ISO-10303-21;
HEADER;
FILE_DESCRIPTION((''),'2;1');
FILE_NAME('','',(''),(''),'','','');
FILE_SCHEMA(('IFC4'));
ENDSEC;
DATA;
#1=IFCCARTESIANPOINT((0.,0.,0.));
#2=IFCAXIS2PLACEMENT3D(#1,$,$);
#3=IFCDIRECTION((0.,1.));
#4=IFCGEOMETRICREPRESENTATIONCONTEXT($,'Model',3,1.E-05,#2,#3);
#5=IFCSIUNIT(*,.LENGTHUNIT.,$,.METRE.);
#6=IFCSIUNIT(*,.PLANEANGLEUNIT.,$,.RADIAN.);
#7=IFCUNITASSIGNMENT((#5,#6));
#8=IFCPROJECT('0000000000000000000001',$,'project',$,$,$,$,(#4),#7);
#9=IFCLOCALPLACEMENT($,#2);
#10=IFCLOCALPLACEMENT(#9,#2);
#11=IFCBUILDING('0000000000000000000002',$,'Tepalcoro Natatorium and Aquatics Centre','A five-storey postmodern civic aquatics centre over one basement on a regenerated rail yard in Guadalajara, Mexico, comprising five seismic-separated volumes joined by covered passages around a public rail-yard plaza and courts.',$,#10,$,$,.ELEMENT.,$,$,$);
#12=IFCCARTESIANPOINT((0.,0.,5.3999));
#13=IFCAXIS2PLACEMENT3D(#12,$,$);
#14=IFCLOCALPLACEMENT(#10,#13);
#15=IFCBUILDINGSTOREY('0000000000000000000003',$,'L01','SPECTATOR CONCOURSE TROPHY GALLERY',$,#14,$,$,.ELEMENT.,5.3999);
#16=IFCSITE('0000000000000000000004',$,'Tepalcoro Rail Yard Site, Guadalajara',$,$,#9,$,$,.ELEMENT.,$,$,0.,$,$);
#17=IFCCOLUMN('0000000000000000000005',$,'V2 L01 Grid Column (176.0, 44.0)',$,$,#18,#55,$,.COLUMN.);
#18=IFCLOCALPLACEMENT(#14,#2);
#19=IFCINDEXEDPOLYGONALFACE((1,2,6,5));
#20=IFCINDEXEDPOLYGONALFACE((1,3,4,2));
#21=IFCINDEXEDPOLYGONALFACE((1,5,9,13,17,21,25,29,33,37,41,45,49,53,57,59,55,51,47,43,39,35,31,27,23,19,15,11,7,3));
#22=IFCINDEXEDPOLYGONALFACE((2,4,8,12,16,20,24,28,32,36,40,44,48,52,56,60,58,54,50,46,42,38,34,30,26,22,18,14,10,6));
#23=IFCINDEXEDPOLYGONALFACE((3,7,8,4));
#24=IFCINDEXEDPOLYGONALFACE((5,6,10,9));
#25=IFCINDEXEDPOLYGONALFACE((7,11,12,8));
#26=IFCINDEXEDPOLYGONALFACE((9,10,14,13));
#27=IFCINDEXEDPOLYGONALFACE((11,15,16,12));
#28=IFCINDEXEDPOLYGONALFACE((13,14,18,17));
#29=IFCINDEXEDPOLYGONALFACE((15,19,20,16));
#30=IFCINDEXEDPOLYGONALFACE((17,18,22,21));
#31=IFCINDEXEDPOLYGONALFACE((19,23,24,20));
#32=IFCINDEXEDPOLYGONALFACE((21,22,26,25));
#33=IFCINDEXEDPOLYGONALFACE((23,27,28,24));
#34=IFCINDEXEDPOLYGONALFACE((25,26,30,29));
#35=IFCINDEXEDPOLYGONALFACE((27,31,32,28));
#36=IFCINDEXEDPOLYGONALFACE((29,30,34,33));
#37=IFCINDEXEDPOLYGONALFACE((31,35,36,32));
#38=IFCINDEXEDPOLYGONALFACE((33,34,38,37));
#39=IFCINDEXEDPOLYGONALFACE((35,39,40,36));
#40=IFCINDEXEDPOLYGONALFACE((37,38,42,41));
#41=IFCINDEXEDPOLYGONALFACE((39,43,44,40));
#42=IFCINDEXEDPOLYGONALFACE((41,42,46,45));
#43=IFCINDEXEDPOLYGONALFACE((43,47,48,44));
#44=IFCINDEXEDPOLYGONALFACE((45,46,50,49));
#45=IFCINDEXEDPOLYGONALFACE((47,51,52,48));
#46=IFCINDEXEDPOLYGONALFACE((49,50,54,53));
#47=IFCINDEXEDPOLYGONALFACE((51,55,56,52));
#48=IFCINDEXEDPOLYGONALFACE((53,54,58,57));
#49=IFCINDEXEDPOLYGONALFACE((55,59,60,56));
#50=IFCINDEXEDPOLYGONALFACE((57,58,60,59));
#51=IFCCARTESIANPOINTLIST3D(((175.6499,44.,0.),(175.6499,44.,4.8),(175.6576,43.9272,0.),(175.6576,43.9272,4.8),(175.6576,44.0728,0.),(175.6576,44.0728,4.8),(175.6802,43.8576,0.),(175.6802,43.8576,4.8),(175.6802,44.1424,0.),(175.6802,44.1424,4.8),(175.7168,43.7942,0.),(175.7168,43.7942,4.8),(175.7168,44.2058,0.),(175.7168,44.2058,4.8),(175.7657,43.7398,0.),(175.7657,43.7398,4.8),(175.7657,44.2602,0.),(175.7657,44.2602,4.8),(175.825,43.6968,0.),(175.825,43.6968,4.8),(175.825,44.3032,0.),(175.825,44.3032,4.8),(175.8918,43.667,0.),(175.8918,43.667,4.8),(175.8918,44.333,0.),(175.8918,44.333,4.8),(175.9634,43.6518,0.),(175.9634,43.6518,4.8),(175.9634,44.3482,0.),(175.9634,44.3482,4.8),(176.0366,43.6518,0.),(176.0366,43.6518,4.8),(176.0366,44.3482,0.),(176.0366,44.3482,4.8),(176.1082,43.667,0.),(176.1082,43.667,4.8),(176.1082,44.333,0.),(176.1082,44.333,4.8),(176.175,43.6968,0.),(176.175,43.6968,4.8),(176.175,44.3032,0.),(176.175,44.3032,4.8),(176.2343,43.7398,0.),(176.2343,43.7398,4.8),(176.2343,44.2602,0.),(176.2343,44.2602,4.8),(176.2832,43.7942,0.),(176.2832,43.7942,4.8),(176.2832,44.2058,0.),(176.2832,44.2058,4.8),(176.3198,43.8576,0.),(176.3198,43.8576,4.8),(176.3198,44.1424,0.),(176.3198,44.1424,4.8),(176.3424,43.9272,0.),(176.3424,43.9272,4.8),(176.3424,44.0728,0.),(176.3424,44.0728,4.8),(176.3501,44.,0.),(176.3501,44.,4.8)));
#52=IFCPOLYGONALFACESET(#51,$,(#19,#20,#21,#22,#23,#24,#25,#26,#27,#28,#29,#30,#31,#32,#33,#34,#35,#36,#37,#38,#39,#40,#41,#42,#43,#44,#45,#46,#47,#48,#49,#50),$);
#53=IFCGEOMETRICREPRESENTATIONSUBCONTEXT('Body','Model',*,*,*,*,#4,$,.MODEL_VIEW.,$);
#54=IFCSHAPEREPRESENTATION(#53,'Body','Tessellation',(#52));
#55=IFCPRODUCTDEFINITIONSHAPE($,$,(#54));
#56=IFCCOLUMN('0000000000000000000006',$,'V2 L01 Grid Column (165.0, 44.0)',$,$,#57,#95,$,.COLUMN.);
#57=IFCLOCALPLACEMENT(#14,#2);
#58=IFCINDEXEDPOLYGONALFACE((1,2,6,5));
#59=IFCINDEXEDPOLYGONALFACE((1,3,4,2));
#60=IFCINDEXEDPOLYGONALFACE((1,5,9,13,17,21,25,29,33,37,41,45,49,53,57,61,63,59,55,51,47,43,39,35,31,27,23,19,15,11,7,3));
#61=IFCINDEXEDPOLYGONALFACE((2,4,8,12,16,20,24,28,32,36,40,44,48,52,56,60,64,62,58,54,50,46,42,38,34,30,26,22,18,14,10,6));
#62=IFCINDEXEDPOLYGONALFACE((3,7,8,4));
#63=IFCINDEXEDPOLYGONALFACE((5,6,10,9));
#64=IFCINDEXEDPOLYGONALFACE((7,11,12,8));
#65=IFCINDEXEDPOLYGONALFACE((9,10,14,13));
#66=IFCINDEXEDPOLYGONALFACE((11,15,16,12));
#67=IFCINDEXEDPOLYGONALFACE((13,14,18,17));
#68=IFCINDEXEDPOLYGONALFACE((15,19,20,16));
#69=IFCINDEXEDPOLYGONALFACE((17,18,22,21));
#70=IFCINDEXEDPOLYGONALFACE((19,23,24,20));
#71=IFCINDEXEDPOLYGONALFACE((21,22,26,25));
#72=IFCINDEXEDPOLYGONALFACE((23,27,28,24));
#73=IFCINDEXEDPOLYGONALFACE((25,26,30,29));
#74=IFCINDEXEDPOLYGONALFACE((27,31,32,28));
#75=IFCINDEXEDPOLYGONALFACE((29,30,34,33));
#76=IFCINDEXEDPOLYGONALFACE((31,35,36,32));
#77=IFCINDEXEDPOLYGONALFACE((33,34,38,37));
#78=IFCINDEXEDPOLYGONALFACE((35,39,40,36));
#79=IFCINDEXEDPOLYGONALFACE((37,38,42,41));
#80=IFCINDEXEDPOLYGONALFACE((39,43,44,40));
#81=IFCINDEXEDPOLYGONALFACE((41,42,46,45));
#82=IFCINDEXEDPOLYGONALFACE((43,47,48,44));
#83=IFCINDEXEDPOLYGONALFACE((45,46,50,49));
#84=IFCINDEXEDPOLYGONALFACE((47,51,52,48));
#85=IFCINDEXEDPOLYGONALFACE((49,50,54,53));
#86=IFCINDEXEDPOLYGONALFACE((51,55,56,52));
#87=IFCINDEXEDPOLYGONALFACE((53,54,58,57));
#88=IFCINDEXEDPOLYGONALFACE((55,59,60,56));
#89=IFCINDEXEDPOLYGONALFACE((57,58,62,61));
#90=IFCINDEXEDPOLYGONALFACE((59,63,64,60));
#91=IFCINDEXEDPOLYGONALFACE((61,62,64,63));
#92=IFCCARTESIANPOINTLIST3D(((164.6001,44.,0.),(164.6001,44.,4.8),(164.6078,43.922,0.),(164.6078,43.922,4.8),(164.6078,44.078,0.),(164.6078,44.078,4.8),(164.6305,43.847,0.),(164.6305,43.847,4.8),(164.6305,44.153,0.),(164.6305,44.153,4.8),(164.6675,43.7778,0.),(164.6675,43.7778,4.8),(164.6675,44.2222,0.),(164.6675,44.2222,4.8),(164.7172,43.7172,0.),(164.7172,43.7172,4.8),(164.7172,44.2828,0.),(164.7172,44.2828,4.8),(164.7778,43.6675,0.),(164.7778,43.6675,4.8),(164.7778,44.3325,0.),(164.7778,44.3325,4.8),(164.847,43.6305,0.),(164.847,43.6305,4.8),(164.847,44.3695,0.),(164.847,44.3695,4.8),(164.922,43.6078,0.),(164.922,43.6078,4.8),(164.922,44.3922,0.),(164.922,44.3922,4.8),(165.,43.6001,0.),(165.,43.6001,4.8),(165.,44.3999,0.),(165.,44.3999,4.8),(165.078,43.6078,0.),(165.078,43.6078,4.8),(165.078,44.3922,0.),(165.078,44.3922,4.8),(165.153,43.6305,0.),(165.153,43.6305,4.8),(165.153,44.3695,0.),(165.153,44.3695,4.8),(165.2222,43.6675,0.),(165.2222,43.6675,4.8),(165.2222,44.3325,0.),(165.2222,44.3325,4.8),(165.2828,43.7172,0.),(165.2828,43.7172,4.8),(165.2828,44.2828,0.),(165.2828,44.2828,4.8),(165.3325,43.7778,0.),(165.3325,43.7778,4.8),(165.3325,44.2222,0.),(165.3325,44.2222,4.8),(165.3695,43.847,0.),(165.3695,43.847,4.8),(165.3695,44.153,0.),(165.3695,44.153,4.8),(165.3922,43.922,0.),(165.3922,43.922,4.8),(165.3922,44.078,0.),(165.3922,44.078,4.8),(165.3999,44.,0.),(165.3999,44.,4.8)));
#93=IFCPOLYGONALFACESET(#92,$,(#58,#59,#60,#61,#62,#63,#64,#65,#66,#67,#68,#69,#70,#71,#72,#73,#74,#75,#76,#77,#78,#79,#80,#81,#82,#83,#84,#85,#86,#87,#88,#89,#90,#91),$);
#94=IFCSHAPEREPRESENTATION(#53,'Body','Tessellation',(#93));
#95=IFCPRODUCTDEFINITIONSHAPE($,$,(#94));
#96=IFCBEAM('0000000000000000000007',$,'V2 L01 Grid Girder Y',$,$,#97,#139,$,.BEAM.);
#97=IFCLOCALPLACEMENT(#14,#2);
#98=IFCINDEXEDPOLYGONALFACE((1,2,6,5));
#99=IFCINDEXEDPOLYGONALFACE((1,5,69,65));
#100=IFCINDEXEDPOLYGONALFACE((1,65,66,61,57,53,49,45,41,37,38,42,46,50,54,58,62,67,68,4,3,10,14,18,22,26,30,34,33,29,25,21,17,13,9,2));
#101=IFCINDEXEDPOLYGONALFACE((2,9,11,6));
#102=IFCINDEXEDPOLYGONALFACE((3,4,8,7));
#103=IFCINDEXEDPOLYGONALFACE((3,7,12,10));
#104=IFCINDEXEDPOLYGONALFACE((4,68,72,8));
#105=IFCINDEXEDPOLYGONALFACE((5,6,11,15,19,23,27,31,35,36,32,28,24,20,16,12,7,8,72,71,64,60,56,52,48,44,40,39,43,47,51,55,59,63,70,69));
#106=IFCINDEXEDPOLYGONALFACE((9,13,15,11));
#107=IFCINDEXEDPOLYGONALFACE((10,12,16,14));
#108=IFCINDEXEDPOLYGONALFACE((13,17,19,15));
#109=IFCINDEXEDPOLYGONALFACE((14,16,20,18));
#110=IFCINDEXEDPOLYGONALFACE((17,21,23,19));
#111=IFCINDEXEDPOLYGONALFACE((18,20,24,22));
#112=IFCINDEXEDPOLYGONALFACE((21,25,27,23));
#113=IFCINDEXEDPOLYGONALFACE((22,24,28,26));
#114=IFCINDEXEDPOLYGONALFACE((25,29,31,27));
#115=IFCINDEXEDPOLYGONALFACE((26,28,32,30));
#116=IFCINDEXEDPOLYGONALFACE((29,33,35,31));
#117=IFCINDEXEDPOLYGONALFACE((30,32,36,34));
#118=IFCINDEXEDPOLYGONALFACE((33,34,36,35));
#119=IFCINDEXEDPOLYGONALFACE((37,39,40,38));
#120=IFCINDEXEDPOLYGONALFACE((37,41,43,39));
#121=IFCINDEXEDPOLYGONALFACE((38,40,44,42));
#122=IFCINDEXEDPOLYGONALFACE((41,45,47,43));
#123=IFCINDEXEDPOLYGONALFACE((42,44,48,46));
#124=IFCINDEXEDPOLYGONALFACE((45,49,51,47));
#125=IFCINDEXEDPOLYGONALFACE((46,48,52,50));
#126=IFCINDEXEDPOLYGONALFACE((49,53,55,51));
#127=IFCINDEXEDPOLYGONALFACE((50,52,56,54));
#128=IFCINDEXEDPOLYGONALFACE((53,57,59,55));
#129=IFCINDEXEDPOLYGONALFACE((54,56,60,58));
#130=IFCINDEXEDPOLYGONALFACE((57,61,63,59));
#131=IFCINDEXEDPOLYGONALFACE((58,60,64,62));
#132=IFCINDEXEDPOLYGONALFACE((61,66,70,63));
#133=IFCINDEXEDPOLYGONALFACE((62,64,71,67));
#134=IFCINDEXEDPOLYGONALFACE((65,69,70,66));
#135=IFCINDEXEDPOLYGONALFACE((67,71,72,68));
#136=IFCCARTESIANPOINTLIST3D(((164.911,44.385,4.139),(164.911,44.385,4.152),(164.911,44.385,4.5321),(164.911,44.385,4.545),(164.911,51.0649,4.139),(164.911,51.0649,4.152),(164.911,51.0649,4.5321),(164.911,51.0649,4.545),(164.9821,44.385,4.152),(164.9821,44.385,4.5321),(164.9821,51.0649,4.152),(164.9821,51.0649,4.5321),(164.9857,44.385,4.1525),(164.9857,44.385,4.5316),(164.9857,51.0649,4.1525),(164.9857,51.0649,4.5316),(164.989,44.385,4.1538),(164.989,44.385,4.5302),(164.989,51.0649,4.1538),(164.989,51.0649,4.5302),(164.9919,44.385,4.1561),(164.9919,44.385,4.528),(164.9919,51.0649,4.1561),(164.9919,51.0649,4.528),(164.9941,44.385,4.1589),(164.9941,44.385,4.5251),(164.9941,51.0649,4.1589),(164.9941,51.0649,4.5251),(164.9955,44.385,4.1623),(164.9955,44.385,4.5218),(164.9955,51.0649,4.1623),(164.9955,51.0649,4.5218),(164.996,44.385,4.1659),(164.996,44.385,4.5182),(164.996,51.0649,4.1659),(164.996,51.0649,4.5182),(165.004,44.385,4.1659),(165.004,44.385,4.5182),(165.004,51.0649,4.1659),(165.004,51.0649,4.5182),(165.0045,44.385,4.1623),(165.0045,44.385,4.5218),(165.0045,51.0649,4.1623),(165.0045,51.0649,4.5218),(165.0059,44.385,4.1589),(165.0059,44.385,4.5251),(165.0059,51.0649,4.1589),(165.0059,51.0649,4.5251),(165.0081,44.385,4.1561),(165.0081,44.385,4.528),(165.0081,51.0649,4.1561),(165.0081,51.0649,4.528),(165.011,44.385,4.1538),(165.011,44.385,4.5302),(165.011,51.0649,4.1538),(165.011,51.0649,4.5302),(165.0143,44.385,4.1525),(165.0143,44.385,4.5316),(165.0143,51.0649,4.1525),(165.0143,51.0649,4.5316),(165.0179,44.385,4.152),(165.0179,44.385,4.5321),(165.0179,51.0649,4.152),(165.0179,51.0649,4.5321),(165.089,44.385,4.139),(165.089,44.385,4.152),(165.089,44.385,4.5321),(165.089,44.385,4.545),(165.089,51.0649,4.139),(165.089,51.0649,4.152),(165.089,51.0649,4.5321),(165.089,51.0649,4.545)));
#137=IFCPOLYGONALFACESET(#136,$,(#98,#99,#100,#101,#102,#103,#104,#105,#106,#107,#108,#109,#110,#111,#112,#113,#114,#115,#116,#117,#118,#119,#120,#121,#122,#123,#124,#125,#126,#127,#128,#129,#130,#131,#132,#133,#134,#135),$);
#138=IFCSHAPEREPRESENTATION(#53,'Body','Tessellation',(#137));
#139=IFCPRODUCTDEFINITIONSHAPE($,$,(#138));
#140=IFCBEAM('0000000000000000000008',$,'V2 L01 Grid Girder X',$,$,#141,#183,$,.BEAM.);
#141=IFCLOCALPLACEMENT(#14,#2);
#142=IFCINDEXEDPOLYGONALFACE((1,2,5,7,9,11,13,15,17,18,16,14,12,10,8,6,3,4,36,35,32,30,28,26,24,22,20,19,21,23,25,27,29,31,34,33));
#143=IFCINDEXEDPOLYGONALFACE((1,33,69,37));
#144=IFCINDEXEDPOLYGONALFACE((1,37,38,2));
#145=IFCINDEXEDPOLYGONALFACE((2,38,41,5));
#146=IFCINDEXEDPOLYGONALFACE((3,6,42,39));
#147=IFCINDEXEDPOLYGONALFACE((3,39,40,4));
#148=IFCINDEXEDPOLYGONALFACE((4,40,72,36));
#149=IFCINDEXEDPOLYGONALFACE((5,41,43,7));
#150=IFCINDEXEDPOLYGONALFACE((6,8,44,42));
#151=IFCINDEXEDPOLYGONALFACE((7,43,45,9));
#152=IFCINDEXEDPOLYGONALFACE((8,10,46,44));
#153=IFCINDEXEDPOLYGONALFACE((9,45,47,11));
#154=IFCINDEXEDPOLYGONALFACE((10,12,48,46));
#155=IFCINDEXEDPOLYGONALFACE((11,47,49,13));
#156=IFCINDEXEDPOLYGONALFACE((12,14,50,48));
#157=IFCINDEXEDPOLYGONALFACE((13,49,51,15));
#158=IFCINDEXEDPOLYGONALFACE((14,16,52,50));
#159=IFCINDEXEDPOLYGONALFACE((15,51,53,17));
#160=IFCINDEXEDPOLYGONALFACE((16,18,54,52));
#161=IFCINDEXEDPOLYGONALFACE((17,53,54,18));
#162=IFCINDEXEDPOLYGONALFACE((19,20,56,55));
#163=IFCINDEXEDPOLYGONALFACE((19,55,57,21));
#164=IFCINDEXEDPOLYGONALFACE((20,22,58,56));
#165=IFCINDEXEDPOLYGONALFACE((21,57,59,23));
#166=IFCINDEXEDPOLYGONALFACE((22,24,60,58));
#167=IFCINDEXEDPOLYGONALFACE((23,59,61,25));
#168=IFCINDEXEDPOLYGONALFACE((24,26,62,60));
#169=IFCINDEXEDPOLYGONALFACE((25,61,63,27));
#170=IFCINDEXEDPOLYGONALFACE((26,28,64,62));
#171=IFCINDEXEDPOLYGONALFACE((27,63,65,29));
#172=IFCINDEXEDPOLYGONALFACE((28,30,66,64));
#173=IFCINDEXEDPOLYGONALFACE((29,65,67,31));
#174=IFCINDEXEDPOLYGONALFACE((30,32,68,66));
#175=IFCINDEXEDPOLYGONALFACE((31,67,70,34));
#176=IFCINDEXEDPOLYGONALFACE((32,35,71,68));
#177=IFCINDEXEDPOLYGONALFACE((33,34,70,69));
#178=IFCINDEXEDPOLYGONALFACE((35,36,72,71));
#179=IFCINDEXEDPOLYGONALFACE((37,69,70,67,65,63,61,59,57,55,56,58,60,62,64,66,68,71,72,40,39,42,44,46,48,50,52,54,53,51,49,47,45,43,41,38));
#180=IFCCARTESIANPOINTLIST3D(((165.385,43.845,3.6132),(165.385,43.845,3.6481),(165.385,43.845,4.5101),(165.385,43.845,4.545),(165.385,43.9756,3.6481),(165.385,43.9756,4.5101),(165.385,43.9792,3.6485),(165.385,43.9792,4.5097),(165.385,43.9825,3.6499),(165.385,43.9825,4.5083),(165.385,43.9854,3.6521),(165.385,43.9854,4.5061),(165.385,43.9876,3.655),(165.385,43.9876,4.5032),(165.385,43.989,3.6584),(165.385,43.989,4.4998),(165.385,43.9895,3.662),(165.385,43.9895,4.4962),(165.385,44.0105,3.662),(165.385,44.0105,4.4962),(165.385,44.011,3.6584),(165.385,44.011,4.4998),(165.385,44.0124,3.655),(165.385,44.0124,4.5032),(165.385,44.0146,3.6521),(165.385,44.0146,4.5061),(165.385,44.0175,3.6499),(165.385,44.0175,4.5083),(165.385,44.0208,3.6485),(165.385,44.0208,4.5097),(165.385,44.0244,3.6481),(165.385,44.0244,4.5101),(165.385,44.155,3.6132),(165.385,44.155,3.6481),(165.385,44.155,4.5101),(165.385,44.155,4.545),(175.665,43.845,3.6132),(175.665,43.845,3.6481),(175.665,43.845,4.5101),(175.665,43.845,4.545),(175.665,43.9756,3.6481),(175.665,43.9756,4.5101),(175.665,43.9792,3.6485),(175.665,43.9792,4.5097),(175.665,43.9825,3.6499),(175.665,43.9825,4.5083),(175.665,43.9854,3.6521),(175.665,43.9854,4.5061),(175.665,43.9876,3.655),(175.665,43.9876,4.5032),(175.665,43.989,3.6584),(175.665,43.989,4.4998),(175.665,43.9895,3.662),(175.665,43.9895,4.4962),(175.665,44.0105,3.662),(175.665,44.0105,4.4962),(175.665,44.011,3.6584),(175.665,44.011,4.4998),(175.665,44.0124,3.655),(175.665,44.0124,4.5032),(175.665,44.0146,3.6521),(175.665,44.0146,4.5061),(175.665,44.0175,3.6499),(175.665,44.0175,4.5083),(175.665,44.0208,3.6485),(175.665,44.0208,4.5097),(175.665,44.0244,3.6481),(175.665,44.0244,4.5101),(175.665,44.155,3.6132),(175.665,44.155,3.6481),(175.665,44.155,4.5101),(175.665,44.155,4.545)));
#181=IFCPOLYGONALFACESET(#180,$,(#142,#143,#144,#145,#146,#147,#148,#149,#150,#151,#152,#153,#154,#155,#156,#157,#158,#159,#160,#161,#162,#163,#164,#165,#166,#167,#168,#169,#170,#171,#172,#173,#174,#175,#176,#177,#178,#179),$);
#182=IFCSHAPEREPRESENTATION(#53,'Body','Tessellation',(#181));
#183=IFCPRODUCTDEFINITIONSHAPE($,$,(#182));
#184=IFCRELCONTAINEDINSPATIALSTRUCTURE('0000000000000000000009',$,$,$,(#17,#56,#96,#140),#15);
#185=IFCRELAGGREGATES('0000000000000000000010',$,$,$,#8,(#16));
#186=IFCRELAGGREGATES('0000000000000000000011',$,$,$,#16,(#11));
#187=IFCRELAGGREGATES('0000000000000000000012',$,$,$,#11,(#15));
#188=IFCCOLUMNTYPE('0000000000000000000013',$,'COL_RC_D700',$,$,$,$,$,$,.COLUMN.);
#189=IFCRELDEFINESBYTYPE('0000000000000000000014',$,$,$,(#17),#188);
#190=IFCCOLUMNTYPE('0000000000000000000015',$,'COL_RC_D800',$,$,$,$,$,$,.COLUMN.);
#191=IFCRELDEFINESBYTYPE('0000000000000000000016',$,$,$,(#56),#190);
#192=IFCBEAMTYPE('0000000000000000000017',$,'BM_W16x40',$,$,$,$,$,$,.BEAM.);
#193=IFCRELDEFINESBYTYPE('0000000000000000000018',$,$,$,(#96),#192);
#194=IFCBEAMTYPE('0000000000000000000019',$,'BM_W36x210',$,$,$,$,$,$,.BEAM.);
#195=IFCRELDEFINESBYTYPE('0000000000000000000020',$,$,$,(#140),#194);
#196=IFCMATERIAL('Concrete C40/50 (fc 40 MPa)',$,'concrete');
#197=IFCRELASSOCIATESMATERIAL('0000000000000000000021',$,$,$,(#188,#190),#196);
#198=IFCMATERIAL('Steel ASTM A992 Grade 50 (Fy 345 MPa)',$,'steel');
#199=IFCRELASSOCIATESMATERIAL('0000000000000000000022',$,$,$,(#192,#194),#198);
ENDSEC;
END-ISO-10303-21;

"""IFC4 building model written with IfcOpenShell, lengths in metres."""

from ifc_helpers import new_model, si_unit, direction, frame, origin, origin_2d, place, context, subcontext, project, spatial, circle, i_section, extrude, material, material_profile, profile_set, type_object, element, save


model = new_model("IFC4")

# Units and contexts
model_context = context("Model", 3, precision=1e-05, world=origin(), true_north=direction((0.0, 1.0)))
body_context = subcontext(model_context, "Body", "Model", "MODEL_VIEW")
ifc_project = project(units=[si_unit("LENGTHUNIT", "METRE"), si_unit("PLANEANGLEUNIT", "RADIAN")], contexts=[model_context])

# Site, building, storey
site_placement = place(None, origin())
site = spatial("IfcSite", under=ifc_project, at=site_placement, Name="Tepalcoro Rail Yard Site, Guadalajara", CompositionType="ELEMENT", RefElevation=0.0)
building_placement = place(site_placement, origin())
building = spatial("IfcBuilding", under=site, at=building_placement, Name="Tepalcoro Natatorium and Aquatics Centre", Description="A five-storey postmodern civic aquatics centre over one basement on a regenerated rail yard in Guadalajara, Mexico, comprising five seismic-separated volumes joined by covered passages around a public rail-yard plaza and courts.", CompositionType="ELEMENT")
storey_placement = place(building_placement, frame((0.0, 0.0, 5.3999)))
storey = spatial("IfcBuildingStorey", under=building, at=storey_placement, Name="L01", Description="SPECTATOR CONCOURSE TROPHY GALLERY", CompositionType="ELEMENT", Elevation=5.3999)

# Columns
ifc_material_1 = material(Name="Concrete C40/50 (fc 40 MPa)", Category="concrete")
ifc_material_profile_1 = material_profile(ifc_material_1, circle(Radius=0.3501, at=origin_2d()), Name="RCD700")
ifc_profile_set_1 = profile_set([ifc_material_profile_1], Name="Concrete C40/50 (fc 40 MPa)")
column_type_1 = type_object("IfcColumnType", Name="COL_RC_D700", PredefinedType="COLUMN", material=ifc_profile_set_1)
column_1_placement = place(storey_placement, frame((176.0, 44.0, 0.0), z_axis=(0.0, 0.0, 1.0), x_axis=(1.0, 0.0, 0.0)))
element("IfcColumn", 1, at=column_1_placement, inside=storey, type_object=column_type_1, Name="V2 L01 Grid Column (176.0, 44.0)", PredefinedType="COLUMN", context=body_context, shape_type="SweptSolid", body=[
    extrude(circle(Radius=0.3501, at=origin_2d()), origin(), (0.0, 0.0, 1.0), 4.8),
])
ifc_material_profile_2 = material_profile(ifc_material_1, circle(Radius=0.3999, at=origin_2d()), Name="RCD800")
ifc_profile_set_2 = profile_set([ifc_material_profile_2], Name="Concrete C40/50 (fc 40 MPa)")
column_type_2 = type_object("IfcColumnType", Name="COL_RC_D800", PredefinedType="COLUMN", material=ifc_profile_set_2)
column_2_placement = place(storey_placement, frame((165.0, 44.0, 0.0), z_axis=(0.0, 0.0, 1.0), x_axis=(1.0, 0.0, 0.0)))
element("IfcColumn", 2, at=column_2_placement, inside=storey, type_object=column_type_2, Name="V2 L01 Grid Column (165.0, 44.0)", PredefinedType="COLUMN", context=body_context, shape_type="SweptSolid", body=[
    extrude(circle(Radius=0.3999, at=origin_2d()), origin(), (0.0, 0.0, 1.0), 4.8),
])

# Beams
ifc_material_2 = material(Name="Steel ASTM A992 Grade 50 (Fy 345 MPa)", Category="steel")
ifc_material_profile_3 = material_profile(ifc_material_2, i_section(OverallWidth=0.178, OverallDepth=0.406, WebThickness=0.0081, FlangeThickness=0.0129, FilletRadius=0.0139, at=origin_2d()), Name="W16X40")
ifc_profile_set_3 = profile_set([ifc_material_profile_3], Name="Steel ASTM A992 Grade 50 (Fy 345 MPa)")
beam_type_1 = type_object("IfcBeamType", Name="BM_W16x40", PredefinedType="BEAM", material=ifc_profile_set_3)
beam_1_placement = place(storey_placement, frame((165.0, 44.385, 4.342), z_axis=(0.0, 1.0, 0.0), x_axis=(-1.0, 0.0, 0.0)))
element("IfcBeam", 3, at=beam_1_placement, inside=storey, type_object=beam_type_1, Name="V2 L01 Grid Girder Y", PredefinedType="BEAM", context=body_context, shape_type="SweptSolid", body=[
    extrude(i_section(OverallWidth=0.178, OverallDepth=0.406, WebThickness=0.0081, FlangeThickness=0.0129, FilletRadius=0.0139, at=origin_2d()), origin(), (0.0, 0.0, 1.0), 6.6799),
])
ifc_material_profile_4 = material_profile(ifc_material_2, i_section(OverallWidth=0.3101, OverallDepth=0.9319, WebThickness=0.021, FlangeThickness=0.0349, FilletRadius=0.0139, at=origin_2d()), Name="W36X210")
ifc_profile_set_4 = profile_set([ifc_material_profile_4], Name="Steel ASTM A992 Grade 50 (Fy 345 MPa)")
beam_type_2 = type_object("IfcBeamType", Name="BM_W36x210", PredefinedType="BEAM", material=ifc_profile_set_4)
beam_2_placement = place(storey_placement, frame((165.385, 44.0, 4.0791), z_axis=(1.0, 0.0, 0.0), x_axis=(0.0, 1.0, 0.0)))
element("IfcBeam", 4, at=beam_2_placement, inside=storey, type_object=beam_type_2, Name="V2 L01 Grid Girder X", PredefinedType="BEAM", context=body_context, shape_type="SweptSolid", body=[
    extrude(i_section(OverallWidth=0.3101, OverallDepth=0.9319, WebThickness=0.021, FlangeThickness=0.0349, FilletRadius=0.0139, at=origin_2d()), origin(), (0.0, 0.0, 1.0), 10.28),
])

save(model, "model.ifc")
